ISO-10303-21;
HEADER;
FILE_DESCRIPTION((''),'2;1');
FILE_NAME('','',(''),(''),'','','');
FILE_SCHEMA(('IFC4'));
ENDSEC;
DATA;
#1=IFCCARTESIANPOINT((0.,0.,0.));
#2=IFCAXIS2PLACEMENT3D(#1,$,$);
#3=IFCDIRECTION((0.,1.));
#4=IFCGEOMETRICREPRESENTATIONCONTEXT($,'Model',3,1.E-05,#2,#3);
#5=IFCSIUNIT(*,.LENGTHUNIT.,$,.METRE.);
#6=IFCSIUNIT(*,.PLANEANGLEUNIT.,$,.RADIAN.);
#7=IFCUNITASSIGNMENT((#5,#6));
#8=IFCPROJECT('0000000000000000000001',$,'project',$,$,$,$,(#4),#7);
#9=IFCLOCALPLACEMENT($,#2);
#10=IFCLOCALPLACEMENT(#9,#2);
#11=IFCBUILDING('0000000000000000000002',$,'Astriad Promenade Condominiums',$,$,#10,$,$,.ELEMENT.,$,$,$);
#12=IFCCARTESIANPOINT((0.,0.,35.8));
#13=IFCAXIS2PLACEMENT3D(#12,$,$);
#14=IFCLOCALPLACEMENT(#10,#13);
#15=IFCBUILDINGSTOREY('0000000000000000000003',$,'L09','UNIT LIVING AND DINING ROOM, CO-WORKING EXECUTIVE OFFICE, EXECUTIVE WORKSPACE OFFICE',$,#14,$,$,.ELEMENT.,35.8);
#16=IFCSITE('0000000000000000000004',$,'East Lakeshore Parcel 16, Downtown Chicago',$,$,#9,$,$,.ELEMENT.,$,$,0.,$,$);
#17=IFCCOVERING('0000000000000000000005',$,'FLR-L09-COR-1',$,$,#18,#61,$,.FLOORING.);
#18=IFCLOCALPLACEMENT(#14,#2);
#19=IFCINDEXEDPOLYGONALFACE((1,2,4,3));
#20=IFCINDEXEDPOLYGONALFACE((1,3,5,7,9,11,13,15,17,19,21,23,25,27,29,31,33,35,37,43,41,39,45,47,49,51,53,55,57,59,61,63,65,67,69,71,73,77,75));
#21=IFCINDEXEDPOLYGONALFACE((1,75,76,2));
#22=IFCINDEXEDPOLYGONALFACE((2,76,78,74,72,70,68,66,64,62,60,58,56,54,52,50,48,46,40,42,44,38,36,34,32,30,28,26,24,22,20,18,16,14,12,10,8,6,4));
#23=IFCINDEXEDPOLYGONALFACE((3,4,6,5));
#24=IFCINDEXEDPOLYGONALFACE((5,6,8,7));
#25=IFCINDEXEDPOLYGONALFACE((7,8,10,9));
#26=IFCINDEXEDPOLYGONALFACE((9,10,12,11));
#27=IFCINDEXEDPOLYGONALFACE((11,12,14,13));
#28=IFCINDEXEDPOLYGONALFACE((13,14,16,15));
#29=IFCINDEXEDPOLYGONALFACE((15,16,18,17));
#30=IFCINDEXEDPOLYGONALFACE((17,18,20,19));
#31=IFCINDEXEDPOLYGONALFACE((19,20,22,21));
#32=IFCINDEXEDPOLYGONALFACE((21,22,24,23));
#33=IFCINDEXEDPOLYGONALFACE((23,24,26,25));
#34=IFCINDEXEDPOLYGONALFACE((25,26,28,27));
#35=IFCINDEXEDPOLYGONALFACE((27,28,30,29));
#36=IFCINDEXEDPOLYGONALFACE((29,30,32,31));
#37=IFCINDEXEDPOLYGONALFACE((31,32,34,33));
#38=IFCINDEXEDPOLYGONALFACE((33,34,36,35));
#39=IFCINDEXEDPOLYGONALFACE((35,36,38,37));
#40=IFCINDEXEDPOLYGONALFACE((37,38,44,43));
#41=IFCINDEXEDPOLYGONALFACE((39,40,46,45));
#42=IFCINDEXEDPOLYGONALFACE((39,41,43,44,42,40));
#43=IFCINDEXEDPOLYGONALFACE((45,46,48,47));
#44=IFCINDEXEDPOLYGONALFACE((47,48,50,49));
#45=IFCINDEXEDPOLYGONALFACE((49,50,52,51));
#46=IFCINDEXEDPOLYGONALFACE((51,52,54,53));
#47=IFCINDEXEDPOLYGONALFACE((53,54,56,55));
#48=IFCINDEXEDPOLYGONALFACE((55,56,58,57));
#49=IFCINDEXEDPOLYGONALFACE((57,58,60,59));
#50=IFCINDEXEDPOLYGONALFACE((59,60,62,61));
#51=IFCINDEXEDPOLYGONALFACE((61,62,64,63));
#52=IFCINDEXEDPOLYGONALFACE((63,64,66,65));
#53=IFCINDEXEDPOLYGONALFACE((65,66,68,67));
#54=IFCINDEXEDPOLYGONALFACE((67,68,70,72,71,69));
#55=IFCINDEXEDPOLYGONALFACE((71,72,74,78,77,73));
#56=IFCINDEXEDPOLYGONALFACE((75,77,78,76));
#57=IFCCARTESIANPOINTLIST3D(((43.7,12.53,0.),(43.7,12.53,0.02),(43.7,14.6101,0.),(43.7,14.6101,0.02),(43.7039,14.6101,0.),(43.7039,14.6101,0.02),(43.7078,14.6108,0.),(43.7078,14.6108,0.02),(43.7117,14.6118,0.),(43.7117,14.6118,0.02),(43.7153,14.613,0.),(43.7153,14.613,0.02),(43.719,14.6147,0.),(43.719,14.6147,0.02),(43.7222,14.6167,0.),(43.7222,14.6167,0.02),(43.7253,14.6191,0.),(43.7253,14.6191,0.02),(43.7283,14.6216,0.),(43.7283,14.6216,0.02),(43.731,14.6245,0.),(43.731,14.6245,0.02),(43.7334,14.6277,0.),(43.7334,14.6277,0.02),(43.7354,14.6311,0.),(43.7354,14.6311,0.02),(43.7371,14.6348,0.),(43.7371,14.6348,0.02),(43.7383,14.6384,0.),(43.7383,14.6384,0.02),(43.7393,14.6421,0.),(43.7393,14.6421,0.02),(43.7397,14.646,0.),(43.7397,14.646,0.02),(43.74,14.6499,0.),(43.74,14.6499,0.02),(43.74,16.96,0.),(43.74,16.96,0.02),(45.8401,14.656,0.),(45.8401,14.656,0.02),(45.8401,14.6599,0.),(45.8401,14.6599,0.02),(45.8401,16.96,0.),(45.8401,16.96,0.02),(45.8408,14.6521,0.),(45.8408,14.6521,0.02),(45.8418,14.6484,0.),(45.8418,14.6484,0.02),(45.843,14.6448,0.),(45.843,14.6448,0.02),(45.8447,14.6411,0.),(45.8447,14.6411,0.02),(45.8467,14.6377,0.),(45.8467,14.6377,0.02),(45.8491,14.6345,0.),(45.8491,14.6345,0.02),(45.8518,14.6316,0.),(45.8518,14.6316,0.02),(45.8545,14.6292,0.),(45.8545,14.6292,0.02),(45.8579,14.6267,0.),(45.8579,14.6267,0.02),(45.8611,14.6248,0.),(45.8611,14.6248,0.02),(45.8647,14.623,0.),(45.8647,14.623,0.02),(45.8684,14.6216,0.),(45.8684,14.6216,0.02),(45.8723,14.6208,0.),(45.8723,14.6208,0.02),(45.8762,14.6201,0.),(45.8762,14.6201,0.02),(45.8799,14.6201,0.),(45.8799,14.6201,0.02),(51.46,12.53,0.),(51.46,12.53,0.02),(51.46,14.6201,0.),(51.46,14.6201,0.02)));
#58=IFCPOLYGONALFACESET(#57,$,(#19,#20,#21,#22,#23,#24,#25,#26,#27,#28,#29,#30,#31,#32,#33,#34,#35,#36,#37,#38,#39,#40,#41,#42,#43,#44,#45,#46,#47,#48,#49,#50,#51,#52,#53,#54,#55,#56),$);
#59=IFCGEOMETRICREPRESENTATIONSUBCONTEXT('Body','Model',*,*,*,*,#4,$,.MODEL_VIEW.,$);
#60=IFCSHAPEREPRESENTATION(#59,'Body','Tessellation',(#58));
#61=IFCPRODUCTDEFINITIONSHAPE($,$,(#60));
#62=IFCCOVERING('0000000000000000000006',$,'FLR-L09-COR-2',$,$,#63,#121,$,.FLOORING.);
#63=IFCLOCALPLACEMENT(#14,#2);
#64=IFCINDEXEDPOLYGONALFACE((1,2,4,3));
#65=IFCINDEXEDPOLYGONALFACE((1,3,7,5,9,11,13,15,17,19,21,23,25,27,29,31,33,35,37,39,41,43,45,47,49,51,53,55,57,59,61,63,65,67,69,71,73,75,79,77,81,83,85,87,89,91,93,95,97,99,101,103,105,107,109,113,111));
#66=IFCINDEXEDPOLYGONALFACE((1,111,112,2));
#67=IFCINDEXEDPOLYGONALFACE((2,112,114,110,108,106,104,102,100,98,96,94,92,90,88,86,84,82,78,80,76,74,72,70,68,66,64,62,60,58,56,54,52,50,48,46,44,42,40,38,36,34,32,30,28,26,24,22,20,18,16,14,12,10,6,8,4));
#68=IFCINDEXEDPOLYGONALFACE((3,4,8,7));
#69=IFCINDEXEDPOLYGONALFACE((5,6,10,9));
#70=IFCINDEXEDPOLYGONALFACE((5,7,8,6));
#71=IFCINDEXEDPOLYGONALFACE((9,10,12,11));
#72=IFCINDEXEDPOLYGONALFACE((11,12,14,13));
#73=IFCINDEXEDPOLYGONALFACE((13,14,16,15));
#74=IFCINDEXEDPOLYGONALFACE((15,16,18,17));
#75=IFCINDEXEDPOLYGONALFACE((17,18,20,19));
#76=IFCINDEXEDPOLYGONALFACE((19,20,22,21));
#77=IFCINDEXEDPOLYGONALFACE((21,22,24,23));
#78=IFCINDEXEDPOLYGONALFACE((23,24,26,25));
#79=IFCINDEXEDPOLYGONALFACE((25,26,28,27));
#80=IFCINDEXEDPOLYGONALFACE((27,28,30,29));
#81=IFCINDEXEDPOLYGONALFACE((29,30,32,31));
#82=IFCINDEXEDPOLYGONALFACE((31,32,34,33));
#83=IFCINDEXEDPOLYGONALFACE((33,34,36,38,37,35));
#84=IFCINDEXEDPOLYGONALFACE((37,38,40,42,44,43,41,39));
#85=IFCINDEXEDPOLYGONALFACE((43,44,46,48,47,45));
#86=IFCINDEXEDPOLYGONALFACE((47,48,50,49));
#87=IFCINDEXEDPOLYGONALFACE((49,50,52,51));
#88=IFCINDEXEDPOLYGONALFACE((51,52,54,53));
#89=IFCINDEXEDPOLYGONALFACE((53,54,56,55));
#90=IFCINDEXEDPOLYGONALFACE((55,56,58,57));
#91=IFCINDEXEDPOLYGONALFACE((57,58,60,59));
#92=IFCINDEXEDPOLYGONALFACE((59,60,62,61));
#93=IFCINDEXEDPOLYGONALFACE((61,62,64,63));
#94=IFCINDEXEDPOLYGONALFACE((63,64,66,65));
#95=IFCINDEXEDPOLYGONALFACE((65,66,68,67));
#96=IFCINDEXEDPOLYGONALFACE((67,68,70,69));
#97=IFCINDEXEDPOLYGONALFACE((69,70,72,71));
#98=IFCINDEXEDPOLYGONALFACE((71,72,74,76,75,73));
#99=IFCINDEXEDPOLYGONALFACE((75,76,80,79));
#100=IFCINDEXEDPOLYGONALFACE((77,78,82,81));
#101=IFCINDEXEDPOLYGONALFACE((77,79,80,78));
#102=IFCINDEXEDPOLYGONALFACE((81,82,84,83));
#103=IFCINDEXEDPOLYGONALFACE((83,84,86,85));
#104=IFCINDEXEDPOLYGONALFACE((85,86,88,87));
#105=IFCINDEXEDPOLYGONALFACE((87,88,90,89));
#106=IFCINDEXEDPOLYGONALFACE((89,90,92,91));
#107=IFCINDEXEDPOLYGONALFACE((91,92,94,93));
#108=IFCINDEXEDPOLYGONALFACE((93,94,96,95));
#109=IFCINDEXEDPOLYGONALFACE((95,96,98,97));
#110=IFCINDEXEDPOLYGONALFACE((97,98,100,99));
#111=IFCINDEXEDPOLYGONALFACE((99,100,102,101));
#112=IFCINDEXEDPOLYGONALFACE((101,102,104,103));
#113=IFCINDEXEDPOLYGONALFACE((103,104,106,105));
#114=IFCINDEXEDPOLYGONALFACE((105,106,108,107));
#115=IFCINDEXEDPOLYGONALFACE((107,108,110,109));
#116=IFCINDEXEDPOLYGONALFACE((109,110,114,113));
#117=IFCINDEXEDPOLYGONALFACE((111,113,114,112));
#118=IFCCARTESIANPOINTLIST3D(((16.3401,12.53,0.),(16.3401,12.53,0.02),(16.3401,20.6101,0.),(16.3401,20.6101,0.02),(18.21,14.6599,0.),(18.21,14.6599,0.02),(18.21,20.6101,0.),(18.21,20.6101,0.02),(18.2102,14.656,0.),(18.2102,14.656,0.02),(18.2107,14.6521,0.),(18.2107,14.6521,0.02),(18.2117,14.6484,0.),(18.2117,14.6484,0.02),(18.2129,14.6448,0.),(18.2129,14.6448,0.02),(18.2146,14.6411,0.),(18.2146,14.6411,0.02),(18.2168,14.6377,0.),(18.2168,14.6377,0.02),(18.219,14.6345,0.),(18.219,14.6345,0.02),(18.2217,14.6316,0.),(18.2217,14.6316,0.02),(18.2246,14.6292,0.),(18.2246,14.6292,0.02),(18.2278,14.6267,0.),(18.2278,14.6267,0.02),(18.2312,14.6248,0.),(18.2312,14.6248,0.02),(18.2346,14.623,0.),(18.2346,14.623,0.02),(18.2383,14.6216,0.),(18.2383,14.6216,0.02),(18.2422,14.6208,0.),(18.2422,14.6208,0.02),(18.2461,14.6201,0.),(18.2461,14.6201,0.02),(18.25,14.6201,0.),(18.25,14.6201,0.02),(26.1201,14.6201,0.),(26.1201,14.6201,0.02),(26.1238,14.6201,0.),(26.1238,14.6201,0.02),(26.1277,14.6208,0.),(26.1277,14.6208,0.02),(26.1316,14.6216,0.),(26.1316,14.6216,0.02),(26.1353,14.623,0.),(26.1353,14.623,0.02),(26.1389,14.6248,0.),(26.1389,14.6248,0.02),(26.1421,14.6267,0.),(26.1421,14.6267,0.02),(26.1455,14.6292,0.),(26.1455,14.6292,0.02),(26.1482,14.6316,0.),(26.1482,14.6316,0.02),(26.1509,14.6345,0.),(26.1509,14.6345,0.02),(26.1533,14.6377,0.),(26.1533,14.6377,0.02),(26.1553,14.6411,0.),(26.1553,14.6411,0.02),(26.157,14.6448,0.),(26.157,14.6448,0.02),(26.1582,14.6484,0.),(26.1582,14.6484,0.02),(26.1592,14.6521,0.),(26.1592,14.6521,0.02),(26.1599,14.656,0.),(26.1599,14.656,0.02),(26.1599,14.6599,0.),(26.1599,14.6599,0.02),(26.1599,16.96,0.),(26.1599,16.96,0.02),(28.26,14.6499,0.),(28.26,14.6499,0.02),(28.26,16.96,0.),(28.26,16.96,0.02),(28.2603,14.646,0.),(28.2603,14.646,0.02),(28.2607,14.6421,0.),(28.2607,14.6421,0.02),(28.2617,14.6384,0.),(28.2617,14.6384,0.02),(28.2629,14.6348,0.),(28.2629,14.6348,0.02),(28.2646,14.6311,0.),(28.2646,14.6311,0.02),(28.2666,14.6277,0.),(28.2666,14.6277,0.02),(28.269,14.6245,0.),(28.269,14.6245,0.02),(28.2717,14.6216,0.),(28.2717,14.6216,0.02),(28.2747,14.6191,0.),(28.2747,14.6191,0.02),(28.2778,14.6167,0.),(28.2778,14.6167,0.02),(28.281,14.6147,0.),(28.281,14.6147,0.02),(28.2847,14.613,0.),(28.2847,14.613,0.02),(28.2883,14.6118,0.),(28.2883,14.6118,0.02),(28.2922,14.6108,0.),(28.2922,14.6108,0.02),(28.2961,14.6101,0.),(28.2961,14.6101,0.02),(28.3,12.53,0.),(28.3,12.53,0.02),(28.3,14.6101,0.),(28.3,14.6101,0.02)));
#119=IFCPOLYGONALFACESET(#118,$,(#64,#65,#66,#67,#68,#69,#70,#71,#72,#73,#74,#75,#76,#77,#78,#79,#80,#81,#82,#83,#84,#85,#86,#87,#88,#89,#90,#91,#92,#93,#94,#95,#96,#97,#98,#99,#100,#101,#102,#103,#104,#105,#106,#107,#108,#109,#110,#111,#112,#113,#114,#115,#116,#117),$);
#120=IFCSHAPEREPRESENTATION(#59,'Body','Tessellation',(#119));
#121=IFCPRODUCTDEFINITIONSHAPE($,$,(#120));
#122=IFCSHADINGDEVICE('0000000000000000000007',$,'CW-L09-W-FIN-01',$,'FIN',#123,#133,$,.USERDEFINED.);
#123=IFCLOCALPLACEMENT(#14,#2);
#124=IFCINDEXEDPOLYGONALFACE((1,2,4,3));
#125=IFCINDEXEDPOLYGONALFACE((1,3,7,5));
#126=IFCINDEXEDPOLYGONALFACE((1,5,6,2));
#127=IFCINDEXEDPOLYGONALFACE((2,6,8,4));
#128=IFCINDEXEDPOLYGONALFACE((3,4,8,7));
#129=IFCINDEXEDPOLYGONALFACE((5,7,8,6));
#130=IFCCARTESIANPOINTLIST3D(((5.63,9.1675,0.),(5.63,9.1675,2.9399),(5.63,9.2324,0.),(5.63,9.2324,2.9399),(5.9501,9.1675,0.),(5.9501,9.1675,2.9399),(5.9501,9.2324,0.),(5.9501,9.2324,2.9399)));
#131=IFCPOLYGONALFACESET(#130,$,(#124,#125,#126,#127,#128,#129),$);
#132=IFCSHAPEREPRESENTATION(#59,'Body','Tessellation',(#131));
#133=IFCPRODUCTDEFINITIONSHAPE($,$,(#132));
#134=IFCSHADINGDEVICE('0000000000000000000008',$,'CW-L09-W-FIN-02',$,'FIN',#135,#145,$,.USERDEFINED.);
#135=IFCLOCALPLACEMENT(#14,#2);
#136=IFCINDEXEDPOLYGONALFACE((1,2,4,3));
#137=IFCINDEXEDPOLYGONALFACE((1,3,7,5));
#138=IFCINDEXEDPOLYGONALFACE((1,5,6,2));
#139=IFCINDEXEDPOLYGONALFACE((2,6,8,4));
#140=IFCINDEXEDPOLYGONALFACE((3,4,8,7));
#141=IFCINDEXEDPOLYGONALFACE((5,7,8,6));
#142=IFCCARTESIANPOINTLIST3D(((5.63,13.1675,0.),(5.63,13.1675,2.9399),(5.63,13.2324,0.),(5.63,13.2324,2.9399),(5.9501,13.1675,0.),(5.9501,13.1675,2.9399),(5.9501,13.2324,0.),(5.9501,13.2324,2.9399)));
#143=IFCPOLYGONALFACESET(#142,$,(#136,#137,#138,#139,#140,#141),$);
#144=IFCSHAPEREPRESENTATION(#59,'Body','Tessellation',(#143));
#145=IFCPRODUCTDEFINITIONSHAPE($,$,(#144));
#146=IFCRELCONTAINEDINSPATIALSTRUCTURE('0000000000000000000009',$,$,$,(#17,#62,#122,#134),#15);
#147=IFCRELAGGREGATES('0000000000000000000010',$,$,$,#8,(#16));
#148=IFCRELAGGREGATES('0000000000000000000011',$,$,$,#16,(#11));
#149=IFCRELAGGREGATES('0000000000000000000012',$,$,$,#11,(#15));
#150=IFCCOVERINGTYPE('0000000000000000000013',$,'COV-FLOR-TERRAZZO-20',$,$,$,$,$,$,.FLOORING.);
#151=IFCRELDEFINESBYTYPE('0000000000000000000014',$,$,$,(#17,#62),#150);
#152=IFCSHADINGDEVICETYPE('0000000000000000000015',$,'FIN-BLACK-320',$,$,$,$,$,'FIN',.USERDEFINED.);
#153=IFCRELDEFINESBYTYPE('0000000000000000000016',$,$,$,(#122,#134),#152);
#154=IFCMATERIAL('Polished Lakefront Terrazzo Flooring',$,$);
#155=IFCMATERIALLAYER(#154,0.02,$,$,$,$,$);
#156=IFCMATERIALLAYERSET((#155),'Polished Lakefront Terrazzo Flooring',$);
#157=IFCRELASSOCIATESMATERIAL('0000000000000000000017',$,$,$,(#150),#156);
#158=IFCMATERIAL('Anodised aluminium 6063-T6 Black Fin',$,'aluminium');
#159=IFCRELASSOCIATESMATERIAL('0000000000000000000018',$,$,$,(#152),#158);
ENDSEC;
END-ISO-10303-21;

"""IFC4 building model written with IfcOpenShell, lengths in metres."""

from ifc_helpers import new_model, si_unit, direction, frame, origin, origin_2d, place, context, subcontext, project, spatial, polyline, rectangle, outline, extrude, source, transform, mapped, material, layer, layer_set, type_object, type_shapes, element, save


model = new_model("IFC4")

# Units and contexts
model_context = context("Model", 3, precision=1e-05, world=origin(), true_north=direction((0.0, 1.0)))
body_context = subcontext(model_context, "Body", "Model", "MODEL_VIEW")
ifc_project = project(units=[si_unit("LENGTHUNIT", "METRE"), si_unit("PLANEANGLEUNIT", "RADIAN")], contexts=[model_context])

# Site, building, storey
site_placement = place(None, origin())
site = spatial("IfcSite", under=ifc_project, at=site_placement, Name="East Lakeshore Parcel 16, Downtown Chicago", CompositionType="ELEMENT", RefElevation=0.0)
building_placement = place(site_placement, origin())
building = spatial("IfcBuilding", under=site, at=building_placement, Name="Astriad Promenade Condominiums", CompositionType="ELEMENT")
storey_placement = place(building_placement, frame((0.0, 0.0, 35.8)))
storey = spatial("IfcBuildingStorey", under=building, at=storey_placement, Name="L09", Description="UNIT LIVING AND DINING ROOM, CO-WORKING EXECUTIVE OFFICE, EXECUTIVE WORKSPACE OFFICE", CompositionType="ELEMENT", Elevation=35.8)

# Coverings
ifc_material_1 = material(Name="Polished Lakefront Terrazzo Flooring")
ifc_layer_1 = layer(ifc_material_1, 0.02)
ifc_layer_set_1 = layer_set([ifc_layer_1], Name="Polished Lakefront Terrazzo Flooring")
covering_type = type_object("IfcCoveringType", Name="COV-FLOR-TERRAZZO-20", PredefinedType="FLOORING", material=ifc_layer_set_1)
covering_1_placement = place(storey_placement, origin())
element("IfcCovering", 1, at=covering_1_placement, inside=storey, type_object=covering_type, Name="FLR-L09-COR-1", PredefinedType="FLOORING", context=body_context, shape_type="SweptSolid", body=[
    extrude(outline(polyline([(43.7, 12.53), (43.7, 14.6101), (43.7039, 14.6101), (43.7078, 14.6108), (43.7117, 14.6118), (43.7153, 14.613), (43.719, 14.6147), (43.7222, 14.6167), (43.7253, 14.6191), (43.7283, 14.6216), (43.731, 14.6245), (43.7334, 14.6277), (43.7354, 14.6311), (43.7371, 14.6348), (43.7383, 14.6384), (43.7393, 14.6421), (43.7397, 14.646), (43.74, 14.6499), (43.74, 16.96), (45.8401, 16.96), (45.8401, 14.6599), (45.8401, 14.656), (45.8408, 14.6521), (45.8418, 14.6484), (45.843, 14.6448), (45.8447, 14.6411), (45.8467, 14.6377), (45.8491, 14.6345), (45.8518, 14.6316), (45.8545, 14.6292), (45.8579, 14.6267), (45.8611, 14.6248), (45.8647, 14.623), (45.8684, 14.6216), (45.8723, 14.6208), (45.8762, 14.6201), (45.8799, 14.6201), (51.46, 14.6201), (51.46, 12.53), (43.7, 12.53)])), origin(), (0.0, 0.0, 1.0), 0.02),
])
covering_2_placement = place(storey_placement, origin())
element("IfcCovering", 2, at=covering_2_placement, inside=storey, type_object=covering_type, Name="FLR-L09-COR-2", PredefinedType="FLOORING", context=body_context, shape_type="SweptSolid", body=[
    extrude(outline(polyline([(28.3, 12.53), (16.3401, 12.53), (16.3401, 20.6101), (18.21, 20.6101), (18.21, 14.6599), (18.2102, 14.656), (18.2107, 14.6521), (18.2117, 14.6484), (18.2129, 14.6448), (18.2146, 14.6411), (18.2168, 14.6377), (18.219, 14.6345), (18.2217, 14.6316), (18.2246, 14.6292), (18.2278, 14.6267), (18.2312, 14.6248), (18.2346, 14.623), (18.2383, 14.6216), (18.2422, 14.6208), (18.2461, 14.6201), (18.25, 14.6201), (26.1201, 14.6201), (26.1238, 14.6201), (26.1277, 14.6208), (26.1316, 14.6216), (26.1353, 14.623), (26.1389, 14.6248), (26.1421, 14.6267), (26.1455, 14.6292), (26.1482, 14.6316), (26.1509, 14.6345), (26.1533, 14.6377), (26.1553, 14.6411), (26.157, 14.6448), (26.1582, 14.6484), (26.1592, 14.6521), (26.1599, 14.656), (26.1599, 14.6599), (26.1599, 16.96), (28.26, 16.96), (28.26, 14.6499), (28.2603, 14.646), (28.2607, 14.6421), (28.2617, 14.6384), (28.2629, 14.6348), (28.2646, 14.6311), (28.2666, 14.6277), (28.269, 14.6245), (28.2717, 14.6216), (28.2747, 14.6191), (28.2778, 14.6167), (28.281, 14.6147), (28.2847, 14.613), (28.2883, 14.6118), (28.2922, 14.6108), (28.2961, 14.6101), (28.3, 14.6101), (28.3, 12.53)])), origin(), (0.0, 0.0, 1.0), 0.02),
])

# Shading devices
ifc_material_2 = material(Name="Anodised aluminium 6063-T6 Black Fin", Category="aluminium")
shading_device_type = type_object("IfcShadingDeviceType", Name="FIN-BLACK-320", ElementType="FIN", PredefinedType="USERDEFINED", material=ifc_material_2)
shared_shape_1 = source(origin(), body_context, "Body", "SweptSolid", [
    extrude(rectangle(XDim=0.0649, YDim=0.3201, at=origin_2d()), origin(), (0.0, 0.0, 1.0), 2.9399),
])
type_shapes(shading_device_type, [shared_shape_1])
for number, where, z_axis, x_axis, name in (
    (3, (5.79, 9.2, 0.0), (0.0, 0.0, 1.0), (0.0, 1.0, 0.0), "CW-L09-W-FIN-01"),
    (4, (5.79, 13.2, 0.0), (0.0, 0.0, 1.0), (0.0, 1.0, 0.0), "CW-L09-W-FIN-02"),
):
    element("IfcShadingDevice", number, at=place(storey_placement, frame(where, z_axis=z_axis, x_axis=x_axis)), inside=storey, type_object=shading_device_type, Name=name, ObjectType="FIN", PredefinedType="USERDEFINED", context=body_context, shape_type="MappedRepresentation", body=[
        mapped(shared_shape_1, transform((0.0, 0.0, 0.0), scale=1.0)),
    ])

save(model, "model.ifc")
